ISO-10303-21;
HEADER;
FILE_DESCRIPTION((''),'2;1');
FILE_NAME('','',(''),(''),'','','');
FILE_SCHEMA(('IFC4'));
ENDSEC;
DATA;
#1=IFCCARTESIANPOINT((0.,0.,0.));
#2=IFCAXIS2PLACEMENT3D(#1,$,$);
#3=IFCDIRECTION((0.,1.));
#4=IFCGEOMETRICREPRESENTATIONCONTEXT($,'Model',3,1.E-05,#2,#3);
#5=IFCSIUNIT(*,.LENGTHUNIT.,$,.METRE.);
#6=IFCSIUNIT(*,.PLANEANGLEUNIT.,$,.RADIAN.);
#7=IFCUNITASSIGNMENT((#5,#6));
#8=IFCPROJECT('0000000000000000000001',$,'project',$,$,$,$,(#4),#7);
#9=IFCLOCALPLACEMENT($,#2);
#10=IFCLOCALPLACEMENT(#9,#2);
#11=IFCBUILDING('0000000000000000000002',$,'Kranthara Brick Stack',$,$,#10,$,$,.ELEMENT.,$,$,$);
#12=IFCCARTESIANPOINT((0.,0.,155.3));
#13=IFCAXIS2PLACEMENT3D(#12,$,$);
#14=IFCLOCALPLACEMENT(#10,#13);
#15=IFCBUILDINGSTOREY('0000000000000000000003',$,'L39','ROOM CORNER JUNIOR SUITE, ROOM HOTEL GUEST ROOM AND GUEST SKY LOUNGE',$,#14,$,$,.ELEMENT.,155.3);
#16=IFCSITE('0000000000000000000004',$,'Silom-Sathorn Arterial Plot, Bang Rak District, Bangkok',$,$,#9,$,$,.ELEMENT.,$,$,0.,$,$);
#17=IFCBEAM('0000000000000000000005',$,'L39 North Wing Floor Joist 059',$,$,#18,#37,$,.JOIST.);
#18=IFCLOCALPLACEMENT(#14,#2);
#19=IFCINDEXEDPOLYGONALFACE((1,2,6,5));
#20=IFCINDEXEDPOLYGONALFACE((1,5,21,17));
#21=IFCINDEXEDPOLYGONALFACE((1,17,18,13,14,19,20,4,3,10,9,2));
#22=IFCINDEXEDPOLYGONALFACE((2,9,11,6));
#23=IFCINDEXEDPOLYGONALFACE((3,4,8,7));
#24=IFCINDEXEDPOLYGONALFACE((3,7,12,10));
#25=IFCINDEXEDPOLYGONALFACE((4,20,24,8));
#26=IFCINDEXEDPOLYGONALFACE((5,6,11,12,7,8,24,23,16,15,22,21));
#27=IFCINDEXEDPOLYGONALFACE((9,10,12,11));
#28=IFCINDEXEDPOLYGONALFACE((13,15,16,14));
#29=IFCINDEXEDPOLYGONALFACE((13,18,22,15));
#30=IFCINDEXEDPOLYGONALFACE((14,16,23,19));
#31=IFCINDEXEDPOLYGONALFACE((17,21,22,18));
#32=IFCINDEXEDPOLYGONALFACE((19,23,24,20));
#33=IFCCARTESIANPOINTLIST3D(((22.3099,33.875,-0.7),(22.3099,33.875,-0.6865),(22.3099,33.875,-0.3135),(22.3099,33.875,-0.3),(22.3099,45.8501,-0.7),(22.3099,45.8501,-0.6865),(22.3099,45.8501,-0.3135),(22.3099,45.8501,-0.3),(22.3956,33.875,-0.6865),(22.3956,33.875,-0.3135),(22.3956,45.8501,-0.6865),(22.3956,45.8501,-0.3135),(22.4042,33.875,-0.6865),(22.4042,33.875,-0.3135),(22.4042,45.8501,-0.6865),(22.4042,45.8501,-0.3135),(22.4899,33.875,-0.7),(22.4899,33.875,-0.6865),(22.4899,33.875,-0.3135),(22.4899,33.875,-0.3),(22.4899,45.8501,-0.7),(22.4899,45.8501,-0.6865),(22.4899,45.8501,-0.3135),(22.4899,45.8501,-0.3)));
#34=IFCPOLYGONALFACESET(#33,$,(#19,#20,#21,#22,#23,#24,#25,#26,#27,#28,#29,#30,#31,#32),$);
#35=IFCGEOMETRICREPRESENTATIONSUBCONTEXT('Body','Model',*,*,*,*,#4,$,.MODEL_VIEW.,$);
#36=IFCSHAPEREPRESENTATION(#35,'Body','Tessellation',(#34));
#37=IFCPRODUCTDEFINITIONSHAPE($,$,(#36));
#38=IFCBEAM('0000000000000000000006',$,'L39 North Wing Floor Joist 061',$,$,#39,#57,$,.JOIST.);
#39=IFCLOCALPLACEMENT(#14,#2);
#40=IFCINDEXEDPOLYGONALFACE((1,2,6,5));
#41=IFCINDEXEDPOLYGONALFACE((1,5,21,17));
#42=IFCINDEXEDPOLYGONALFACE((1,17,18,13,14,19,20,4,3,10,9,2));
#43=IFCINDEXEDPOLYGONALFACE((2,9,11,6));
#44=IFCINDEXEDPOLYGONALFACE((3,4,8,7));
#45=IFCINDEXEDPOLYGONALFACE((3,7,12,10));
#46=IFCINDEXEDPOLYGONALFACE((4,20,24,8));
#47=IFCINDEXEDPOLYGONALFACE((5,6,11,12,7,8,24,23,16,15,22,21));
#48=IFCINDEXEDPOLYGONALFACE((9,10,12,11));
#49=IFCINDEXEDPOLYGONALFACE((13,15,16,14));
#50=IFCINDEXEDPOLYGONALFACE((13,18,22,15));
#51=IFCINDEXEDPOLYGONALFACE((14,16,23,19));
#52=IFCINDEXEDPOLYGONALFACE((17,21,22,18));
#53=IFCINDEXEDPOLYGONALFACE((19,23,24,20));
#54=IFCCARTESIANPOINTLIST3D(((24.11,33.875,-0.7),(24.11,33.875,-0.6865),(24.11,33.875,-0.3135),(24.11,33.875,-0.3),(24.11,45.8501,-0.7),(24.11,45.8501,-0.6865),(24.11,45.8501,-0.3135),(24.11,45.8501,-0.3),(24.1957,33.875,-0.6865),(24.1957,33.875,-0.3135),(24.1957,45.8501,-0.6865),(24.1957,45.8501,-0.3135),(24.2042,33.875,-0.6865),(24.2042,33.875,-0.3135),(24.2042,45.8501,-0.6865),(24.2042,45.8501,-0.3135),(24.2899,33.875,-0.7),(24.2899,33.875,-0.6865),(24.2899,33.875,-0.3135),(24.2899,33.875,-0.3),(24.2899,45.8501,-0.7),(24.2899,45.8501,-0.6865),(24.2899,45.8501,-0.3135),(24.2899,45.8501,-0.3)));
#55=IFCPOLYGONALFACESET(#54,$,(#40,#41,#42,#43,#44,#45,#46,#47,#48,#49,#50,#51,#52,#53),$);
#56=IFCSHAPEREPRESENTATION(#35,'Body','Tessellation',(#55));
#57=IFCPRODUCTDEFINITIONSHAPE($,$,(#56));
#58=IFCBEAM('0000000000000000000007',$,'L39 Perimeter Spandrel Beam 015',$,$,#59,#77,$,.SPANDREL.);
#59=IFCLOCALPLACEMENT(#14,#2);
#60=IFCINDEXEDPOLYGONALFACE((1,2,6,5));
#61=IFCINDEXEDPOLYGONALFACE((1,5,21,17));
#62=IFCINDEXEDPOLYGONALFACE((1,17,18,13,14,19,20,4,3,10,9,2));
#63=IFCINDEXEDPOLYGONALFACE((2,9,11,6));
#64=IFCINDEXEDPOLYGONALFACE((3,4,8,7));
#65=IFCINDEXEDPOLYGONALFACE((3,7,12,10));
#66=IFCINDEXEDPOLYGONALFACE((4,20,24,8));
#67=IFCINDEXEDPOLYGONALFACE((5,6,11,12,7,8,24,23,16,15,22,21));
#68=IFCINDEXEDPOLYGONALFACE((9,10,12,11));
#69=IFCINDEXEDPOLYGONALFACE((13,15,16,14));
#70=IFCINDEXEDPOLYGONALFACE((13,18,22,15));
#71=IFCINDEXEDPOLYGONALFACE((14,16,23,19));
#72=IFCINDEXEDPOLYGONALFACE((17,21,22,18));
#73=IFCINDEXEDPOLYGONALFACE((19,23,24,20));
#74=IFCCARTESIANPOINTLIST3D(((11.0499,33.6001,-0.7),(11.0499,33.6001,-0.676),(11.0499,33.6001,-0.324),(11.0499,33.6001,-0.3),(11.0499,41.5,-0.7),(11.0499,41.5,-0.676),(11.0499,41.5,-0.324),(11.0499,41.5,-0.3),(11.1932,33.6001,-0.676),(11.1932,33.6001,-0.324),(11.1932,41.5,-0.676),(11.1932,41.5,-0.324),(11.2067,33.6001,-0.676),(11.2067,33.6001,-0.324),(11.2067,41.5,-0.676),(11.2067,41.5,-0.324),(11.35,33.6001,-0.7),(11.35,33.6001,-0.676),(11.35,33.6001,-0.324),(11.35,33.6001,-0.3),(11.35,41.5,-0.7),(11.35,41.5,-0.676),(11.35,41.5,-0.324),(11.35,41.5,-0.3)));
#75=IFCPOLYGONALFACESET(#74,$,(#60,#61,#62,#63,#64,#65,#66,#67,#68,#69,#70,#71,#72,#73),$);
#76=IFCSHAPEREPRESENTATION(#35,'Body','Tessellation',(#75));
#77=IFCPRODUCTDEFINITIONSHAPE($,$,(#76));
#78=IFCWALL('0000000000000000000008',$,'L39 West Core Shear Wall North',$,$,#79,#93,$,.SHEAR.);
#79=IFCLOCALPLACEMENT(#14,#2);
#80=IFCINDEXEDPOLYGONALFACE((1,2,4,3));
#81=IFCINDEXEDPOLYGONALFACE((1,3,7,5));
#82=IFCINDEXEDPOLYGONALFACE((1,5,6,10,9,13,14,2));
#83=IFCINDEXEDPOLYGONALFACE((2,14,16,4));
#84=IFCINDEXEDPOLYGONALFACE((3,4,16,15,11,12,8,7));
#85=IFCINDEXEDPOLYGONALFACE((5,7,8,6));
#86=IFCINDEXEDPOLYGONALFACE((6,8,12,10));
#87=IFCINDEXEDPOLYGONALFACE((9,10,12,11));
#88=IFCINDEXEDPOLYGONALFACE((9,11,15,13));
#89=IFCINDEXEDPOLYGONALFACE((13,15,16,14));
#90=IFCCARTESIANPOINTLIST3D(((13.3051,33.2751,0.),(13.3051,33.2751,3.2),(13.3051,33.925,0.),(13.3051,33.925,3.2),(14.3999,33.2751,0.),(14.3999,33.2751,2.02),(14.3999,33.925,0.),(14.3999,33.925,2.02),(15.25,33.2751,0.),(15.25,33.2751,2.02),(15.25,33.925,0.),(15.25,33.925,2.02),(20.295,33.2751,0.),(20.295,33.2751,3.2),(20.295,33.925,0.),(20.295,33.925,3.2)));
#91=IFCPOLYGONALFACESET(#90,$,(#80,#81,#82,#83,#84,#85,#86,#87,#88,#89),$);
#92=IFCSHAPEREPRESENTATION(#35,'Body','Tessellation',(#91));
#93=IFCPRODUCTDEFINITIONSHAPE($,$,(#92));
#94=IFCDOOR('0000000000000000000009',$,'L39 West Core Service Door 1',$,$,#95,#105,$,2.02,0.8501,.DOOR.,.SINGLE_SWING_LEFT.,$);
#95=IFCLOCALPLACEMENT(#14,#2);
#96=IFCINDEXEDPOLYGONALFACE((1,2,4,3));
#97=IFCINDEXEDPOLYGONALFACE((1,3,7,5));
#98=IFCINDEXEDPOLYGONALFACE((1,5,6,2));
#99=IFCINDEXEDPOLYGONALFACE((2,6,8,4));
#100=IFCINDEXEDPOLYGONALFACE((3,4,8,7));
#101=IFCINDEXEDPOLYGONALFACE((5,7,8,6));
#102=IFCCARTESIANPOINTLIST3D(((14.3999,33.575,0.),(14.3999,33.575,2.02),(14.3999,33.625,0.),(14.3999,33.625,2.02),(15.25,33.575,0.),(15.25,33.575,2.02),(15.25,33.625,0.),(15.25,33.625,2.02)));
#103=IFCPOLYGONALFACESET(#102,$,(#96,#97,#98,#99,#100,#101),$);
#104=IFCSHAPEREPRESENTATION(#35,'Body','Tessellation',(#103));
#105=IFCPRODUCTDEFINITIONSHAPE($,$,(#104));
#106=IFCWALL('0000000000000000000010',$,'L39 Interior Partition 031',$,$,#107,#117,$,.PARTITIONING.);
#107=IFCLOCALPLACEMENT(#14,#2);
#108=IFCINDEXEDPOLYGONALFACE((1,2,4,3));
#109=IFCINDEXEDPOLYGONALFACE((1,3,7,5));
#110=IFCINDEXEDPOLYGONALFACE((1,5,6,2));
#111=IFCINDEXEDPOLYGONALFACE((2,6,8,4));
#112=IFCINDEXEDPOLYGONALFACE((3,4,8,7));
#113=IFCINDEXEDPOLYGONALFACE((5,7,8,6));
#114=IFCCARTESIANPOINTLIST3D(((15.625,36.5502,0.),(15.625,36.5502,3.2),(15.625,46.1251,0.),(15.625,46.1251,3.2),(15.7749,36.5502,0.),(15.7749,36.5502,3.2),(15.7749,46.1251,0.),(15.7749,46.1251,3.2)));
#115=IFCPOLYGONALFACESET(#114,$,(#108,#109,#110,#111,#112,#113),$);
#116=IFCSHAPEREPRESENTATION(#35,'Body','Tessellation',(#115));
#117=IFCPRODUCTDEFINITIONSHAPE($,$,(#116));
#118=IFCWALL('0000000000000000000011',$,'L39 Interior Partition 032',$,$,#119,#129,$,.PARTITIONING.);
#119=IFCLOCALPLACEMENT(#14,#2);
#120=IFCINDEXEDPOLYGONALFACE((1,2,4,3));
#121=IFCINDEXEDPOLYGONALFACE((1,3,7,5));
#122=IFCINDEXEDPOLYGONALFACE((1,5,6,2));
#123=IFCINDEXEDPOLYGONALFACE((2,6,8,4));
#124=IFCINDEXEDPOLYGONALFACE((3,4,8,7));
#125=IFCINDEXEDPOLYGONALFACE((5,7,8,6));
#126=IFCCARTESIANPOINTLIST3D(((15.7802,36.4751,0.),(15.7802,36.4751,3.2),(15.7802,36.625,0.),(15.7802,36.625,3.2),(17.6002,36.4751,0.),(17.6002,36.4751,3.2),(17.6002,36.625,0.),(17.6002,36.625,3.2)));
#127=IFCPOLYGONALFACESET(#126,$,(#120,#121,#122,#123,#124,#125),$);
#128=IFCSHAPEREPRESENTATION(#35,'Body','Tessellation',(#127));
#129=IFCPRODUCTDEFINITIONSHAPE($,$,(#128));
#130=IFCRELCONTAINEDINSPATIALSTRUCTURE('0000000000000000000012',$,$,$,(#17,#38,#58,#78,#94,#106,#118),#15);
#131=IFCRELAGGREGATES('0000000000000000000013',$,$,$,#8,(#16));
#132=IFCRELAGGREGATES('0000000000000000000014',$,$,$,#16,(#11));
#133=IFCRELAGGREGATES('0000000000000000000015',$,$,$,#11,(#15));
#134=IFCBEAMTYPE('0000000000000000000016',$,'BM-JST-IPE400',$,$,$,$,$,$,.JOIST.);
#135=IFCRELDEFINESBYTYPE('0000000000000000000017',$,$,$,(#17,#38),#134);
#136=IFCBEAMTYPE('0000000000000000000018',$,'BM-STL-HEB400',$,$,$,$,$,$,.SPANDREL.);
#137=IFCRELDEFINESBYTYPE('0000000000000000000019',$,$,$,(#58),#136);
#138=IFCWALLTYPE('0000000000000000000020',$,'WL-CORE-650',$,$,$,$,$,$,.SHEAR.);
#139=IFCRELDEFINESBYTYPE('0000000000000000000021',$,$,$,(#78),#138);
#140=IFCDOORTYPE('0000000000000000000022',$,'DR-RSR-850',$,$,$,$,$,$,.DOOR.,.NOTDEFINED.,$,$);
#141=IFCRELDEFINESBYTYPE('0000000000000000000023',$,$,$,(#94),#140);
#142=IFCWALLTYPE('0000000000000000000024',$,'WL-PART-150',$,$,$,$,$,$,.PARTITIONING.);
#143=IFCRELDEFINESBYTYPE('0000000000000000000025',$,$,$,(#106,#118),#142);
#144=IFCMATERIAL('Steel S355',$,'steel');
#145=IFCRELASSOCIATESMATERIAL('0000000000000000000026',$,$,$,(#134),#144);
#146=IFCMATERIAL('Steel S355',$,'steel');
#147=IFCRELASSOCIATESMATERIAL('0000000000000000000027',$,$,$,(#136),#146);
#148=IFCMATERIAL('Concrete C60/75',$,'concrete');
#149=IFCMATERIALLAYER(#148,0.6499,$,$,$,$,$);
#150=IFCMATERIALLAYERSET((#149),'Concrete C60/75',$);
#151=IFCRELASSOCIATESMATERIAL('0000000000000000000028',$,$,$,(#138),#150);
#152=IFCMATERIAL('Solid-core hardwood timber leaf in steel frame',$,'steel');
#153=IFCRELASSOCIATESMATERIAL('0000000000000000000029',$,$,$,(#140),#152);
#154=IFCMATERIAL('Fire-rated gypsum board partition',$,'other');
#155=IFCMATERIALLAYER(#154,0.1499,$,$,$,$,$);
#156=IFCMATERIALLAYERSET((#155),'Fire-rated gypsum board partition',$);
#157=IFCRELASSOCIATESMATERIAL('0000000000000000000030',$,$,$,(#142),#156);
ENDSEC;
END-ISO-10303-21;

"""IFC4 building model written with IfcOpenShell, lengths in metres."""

from ifc_helpers import new_model, si_unit, direction, frame, frame_2d, origin, origin_2d, place, context, subcontext, project, spatial, rectangle, i_section, extrude, material, layer, layer_set, material_profile, profile_set, type_object, element, fill, save


model = new_model("IFC4")

# Units and contexts
model_context = context("Model", 3, precision=1e-05, world=origin(), true_north=direction((0.0, 1.0)))
body_context = subcontext(model_context, "Body", "Model", "MODEL_VIEW")
ifc_project = project(units=[si_unit("LENGTHUNIT", "METRE"), si_unit("PLANEANGLEUNIT", "RADIAN")], contexts=[model_context])

# Site, building, storey
site_placement = place(None, origin())
site = spatial("IfcSite", under=ifc_project, at=site_placement, Name="Silom-Sathorn Arterial Plot, Bang Rak District, Bangkok", CompositionType="ELEMENT", RefElevation=0.0)
building_placement = place(site_placement, origin())
building = spatial("IfcBuilding", under=site, at=building_placement, Name="Kranthara Brick Stack", CompositionType="ELEMENT")
storey_placement = place(building_placement, frame((0.0, 0.0, 155.3)))
storey = spatial("IfcBuildingStorey", under=building, at=storey_placement, Name="L39", Description="ROOM CORNER JUNIOR SUITE, ROOM HOTEL GUEST ROOM AND GUEST SKY LOUNGE", CompositionType="ELEMENT", Elevation=155.3)

# Beams
ifc_material_1 = material(Name="Steel S355", Category="steel")
ifc_material_profile_1 = material_profile(ifc_material_1, i_section(OverallWidth=0.1799, OverallDepth=0.3999, WebThickness=0.0085, FlangeThickness=0.0134, at=origin_2d()), Name="IPE 400")
ifc_profile_set_1 = profile_set([ifc_material_profile_1], Name="Steel S355")
beam_type_1 = type_object("IfcBeamType", Name="BM-JST-IPE400", PredefinedType="JOIST", material=ifc_profile_set_1)
for number, where, z_axis, x_axis, name in (
    (1, (22.3999, 33.875, -0.5), (0.0, 1.0, 0.0), (-1.0, 0.0, 0.0), "L39 North Wing Floor Joist 059"),
    (2, (24.2, 33.875, -0.5), (0.0, 1.0, 0.0), (-1.0, 0.0, 0.0), "L39 North Wing Floor Joist 061"),
):
    element("IfcBeam", number, at=place(storey_placement, frame(where, z_axis=z_axis, x_axis=x_axis)), inside=storey, type_object=beam_type_1, Name=name, PredefinedType="JOIST", context=body_context, shape_type="SweptSolid", body=[
        extrude(i_section(OverallWidth=0.1799, OverallDepth=0.3999, WebThickness=0.0085, FlangeThickness=0.0134, at=origin_2d()), origin(), (0.0, 0.0, 1.0), 11.9751),
    ])
ifc_material_2 = material(Name="Steel S355", Category="steel")
ifc_material_profile_2 = material_profile(ifc_material_2, i_section(OverallWidth=0.3, OverallDepth=0.3999, WebThickness=0.0134, FlangeThickness=0.0239, at=origin_2d()), Name="HEB 400")
ifc_profile_set_2 = profile_set([ifc_material_profile_2], Name="Steel S355")
beam_type_2 = type_object("IfcBeamType", Name="BM-STL-HEB400", PredefinedType="SPANDREL", material=ifc_profile_set_2)
beam_1_placement = place(storey_placement, frame((11.2, 33.6001, -0.5), z_axis=(0.0, 1.0, 0.0), x_axis=(-1.0, 0.0, 0.0)))
element("IfcBeam", 3, at=beam_1_placement, inside=storey, type_object=beam_type_2, Name="L39 Perimeter Spandrel Beam 015", PredefinedType="SPANDREL", context=body_context, shape_type="SweptSolid", body=[
    extrude(i_section(OverallWidth=0.3, OverallDepth=0.3999, WebThickness=0.0134, FlangeThickness=0.0239, at=origin_2d()), origin(), (0.0, 0.0, 1.0), 7.8999),
])

# Wall, opening, door
ifc_material_3 = material(Name="Concrete C60/75", Category="concrete")
ifc_layer_1 = layer(ifc_material_3, 0.6499)
ifc_layer_set_1 = layer_set([ifc_layer_1], Name="Concrete C60/75")
wall_type_1 = type_object("IfcWallType", Name="WL-CORE-650", PredefinedType="SHEAR", material=ifc_layer_set_1)
wall_1_placement = place(storey_placement, frame((13.3049, 33.6001, 0.0), z_axis=(0.0, 0.0, 1.0), x_axis=(1.0, 0.0, 0.0)))
wall_1 = element("IfcWall", 4, at=wall_1_placement, inside=storey, type_object=wall_type_1, Name="L39 West Core Shear Wall North", PredefinedType="SHEAR", context=body_context, shape_type="SweptSolid", body=[
    extrude(rectangle(XDim=6.99, YDim=0.6499, at=frame_2d((3.4951, 0.0))), origin(), (0.0, 0.0, 1.0), 3.2),
])
opening_placement = place(wall_1_placement, frame((1.095, 0.0, 0.0)))
opening = element("IfcOpeningElement", 5, at=opening_placement, cuts=wall_1, PredefinedType="OPENING", context=body_context, shape_type="SweptSolid", body=[
    extrude(rectangle(XDim=0.8501, YDim=2.02, at=frame_2d((0.425, 1.01))), frame((0.0, 0.335, 0.0), z_axis=(0.0, -1.0, 0.0), x_axis=(1.0, 0.0, 0.0)), (0.0, 0.0, 1.0), 0.6699),
])
ifc_material_4 = material(Name="Solid-core hardwood timber leaf in steel frame", Category="steel")
door_type = type_object("IfcDoorType", Name="DR-RSR-850", OperationType="NOTDEFINED", PredefinedType="DOOR", material=ifc_material_4)
door_placement = place(opening_placement, origin())
door = element("IfcDoor", 6, at=door_placement, inside=storey, type_object=door_type, Name="L39 West Core Service Door 1", OperationType="SINGLE_SWING_LEFT", OverallHeight=2.02, OverallWidth=0.8501, PredefinedType="DOOR", context=body_context, shape_type="SweptSolid", body=[
    extrude(rectangle(XDim=0.8501, YDim=2.02, at=frame_2d((0.425, 1.01))), frame((0.0, 0.0249, 0.0), z_axis=(0.0, -1.0, 0.0), x_axis=(1.0, 0.0, 0.0)), (0.0, 0.0, 1.0), 0.05),
])
fill(opening, door)

# Walls
ifc_material_5 = material(Name="Fire-rated gypsum board partition", Category="other")
ifc_layer_2 = layer(ifc_material_5, 0.1499)
ifc_layer_set_2 = layer_set([ifc_layer_2], Name="Fire-rated gypsum board partition")
wall_type_2 = type_object("IfcWallType", Name="WL-PART-150", PredefinedType="PARTITIONING", material=ifc_layer_set_2)
wall_2_placement = place(storey_placement, frame((15.7, 36.55, 0.0), z_axis=(0.0, 0.0, 1.0), x_axis=(0.0, 1.0, 0.0)))
element("IfcWall", 7, at=wall_2_placement, inside=storey, type_object=wall_type_2, Name="L39 Interior Partition 031", PredefinedType="PARTITIONING", context=body_context, shape_type="SweptSolid", body=[
    extrude(rectangle(XDim=9.575, YDim=0.1499, at=frame_2d((4.7876, 0.0))), origin(), (0.0, 0.0, 1.0), 3.2),
])
wall_3_placement = place(storey_placement, frame((15.78, 36.55, 0.0), z_axis=(0.0, 0.0, 1.0), x_axis=(1.0, 0.0, 0.0)))
element("IfcWall", 8, at=wall_3_placement, inside=storey, type_object=wall_type_2, Name="L39 Interior Partition 032", PredefinedType="PARTITIONING", context=body_context, shape_type="SweptSolid", body=[
    extrude(rectangle(XDim=1.8201, YDim=0.1499, at=frame_2d((0.9102, 0.0))), origin(), (0.0, 0.0, 1.0), 3.2),
])

save(model, "model.ifc")
